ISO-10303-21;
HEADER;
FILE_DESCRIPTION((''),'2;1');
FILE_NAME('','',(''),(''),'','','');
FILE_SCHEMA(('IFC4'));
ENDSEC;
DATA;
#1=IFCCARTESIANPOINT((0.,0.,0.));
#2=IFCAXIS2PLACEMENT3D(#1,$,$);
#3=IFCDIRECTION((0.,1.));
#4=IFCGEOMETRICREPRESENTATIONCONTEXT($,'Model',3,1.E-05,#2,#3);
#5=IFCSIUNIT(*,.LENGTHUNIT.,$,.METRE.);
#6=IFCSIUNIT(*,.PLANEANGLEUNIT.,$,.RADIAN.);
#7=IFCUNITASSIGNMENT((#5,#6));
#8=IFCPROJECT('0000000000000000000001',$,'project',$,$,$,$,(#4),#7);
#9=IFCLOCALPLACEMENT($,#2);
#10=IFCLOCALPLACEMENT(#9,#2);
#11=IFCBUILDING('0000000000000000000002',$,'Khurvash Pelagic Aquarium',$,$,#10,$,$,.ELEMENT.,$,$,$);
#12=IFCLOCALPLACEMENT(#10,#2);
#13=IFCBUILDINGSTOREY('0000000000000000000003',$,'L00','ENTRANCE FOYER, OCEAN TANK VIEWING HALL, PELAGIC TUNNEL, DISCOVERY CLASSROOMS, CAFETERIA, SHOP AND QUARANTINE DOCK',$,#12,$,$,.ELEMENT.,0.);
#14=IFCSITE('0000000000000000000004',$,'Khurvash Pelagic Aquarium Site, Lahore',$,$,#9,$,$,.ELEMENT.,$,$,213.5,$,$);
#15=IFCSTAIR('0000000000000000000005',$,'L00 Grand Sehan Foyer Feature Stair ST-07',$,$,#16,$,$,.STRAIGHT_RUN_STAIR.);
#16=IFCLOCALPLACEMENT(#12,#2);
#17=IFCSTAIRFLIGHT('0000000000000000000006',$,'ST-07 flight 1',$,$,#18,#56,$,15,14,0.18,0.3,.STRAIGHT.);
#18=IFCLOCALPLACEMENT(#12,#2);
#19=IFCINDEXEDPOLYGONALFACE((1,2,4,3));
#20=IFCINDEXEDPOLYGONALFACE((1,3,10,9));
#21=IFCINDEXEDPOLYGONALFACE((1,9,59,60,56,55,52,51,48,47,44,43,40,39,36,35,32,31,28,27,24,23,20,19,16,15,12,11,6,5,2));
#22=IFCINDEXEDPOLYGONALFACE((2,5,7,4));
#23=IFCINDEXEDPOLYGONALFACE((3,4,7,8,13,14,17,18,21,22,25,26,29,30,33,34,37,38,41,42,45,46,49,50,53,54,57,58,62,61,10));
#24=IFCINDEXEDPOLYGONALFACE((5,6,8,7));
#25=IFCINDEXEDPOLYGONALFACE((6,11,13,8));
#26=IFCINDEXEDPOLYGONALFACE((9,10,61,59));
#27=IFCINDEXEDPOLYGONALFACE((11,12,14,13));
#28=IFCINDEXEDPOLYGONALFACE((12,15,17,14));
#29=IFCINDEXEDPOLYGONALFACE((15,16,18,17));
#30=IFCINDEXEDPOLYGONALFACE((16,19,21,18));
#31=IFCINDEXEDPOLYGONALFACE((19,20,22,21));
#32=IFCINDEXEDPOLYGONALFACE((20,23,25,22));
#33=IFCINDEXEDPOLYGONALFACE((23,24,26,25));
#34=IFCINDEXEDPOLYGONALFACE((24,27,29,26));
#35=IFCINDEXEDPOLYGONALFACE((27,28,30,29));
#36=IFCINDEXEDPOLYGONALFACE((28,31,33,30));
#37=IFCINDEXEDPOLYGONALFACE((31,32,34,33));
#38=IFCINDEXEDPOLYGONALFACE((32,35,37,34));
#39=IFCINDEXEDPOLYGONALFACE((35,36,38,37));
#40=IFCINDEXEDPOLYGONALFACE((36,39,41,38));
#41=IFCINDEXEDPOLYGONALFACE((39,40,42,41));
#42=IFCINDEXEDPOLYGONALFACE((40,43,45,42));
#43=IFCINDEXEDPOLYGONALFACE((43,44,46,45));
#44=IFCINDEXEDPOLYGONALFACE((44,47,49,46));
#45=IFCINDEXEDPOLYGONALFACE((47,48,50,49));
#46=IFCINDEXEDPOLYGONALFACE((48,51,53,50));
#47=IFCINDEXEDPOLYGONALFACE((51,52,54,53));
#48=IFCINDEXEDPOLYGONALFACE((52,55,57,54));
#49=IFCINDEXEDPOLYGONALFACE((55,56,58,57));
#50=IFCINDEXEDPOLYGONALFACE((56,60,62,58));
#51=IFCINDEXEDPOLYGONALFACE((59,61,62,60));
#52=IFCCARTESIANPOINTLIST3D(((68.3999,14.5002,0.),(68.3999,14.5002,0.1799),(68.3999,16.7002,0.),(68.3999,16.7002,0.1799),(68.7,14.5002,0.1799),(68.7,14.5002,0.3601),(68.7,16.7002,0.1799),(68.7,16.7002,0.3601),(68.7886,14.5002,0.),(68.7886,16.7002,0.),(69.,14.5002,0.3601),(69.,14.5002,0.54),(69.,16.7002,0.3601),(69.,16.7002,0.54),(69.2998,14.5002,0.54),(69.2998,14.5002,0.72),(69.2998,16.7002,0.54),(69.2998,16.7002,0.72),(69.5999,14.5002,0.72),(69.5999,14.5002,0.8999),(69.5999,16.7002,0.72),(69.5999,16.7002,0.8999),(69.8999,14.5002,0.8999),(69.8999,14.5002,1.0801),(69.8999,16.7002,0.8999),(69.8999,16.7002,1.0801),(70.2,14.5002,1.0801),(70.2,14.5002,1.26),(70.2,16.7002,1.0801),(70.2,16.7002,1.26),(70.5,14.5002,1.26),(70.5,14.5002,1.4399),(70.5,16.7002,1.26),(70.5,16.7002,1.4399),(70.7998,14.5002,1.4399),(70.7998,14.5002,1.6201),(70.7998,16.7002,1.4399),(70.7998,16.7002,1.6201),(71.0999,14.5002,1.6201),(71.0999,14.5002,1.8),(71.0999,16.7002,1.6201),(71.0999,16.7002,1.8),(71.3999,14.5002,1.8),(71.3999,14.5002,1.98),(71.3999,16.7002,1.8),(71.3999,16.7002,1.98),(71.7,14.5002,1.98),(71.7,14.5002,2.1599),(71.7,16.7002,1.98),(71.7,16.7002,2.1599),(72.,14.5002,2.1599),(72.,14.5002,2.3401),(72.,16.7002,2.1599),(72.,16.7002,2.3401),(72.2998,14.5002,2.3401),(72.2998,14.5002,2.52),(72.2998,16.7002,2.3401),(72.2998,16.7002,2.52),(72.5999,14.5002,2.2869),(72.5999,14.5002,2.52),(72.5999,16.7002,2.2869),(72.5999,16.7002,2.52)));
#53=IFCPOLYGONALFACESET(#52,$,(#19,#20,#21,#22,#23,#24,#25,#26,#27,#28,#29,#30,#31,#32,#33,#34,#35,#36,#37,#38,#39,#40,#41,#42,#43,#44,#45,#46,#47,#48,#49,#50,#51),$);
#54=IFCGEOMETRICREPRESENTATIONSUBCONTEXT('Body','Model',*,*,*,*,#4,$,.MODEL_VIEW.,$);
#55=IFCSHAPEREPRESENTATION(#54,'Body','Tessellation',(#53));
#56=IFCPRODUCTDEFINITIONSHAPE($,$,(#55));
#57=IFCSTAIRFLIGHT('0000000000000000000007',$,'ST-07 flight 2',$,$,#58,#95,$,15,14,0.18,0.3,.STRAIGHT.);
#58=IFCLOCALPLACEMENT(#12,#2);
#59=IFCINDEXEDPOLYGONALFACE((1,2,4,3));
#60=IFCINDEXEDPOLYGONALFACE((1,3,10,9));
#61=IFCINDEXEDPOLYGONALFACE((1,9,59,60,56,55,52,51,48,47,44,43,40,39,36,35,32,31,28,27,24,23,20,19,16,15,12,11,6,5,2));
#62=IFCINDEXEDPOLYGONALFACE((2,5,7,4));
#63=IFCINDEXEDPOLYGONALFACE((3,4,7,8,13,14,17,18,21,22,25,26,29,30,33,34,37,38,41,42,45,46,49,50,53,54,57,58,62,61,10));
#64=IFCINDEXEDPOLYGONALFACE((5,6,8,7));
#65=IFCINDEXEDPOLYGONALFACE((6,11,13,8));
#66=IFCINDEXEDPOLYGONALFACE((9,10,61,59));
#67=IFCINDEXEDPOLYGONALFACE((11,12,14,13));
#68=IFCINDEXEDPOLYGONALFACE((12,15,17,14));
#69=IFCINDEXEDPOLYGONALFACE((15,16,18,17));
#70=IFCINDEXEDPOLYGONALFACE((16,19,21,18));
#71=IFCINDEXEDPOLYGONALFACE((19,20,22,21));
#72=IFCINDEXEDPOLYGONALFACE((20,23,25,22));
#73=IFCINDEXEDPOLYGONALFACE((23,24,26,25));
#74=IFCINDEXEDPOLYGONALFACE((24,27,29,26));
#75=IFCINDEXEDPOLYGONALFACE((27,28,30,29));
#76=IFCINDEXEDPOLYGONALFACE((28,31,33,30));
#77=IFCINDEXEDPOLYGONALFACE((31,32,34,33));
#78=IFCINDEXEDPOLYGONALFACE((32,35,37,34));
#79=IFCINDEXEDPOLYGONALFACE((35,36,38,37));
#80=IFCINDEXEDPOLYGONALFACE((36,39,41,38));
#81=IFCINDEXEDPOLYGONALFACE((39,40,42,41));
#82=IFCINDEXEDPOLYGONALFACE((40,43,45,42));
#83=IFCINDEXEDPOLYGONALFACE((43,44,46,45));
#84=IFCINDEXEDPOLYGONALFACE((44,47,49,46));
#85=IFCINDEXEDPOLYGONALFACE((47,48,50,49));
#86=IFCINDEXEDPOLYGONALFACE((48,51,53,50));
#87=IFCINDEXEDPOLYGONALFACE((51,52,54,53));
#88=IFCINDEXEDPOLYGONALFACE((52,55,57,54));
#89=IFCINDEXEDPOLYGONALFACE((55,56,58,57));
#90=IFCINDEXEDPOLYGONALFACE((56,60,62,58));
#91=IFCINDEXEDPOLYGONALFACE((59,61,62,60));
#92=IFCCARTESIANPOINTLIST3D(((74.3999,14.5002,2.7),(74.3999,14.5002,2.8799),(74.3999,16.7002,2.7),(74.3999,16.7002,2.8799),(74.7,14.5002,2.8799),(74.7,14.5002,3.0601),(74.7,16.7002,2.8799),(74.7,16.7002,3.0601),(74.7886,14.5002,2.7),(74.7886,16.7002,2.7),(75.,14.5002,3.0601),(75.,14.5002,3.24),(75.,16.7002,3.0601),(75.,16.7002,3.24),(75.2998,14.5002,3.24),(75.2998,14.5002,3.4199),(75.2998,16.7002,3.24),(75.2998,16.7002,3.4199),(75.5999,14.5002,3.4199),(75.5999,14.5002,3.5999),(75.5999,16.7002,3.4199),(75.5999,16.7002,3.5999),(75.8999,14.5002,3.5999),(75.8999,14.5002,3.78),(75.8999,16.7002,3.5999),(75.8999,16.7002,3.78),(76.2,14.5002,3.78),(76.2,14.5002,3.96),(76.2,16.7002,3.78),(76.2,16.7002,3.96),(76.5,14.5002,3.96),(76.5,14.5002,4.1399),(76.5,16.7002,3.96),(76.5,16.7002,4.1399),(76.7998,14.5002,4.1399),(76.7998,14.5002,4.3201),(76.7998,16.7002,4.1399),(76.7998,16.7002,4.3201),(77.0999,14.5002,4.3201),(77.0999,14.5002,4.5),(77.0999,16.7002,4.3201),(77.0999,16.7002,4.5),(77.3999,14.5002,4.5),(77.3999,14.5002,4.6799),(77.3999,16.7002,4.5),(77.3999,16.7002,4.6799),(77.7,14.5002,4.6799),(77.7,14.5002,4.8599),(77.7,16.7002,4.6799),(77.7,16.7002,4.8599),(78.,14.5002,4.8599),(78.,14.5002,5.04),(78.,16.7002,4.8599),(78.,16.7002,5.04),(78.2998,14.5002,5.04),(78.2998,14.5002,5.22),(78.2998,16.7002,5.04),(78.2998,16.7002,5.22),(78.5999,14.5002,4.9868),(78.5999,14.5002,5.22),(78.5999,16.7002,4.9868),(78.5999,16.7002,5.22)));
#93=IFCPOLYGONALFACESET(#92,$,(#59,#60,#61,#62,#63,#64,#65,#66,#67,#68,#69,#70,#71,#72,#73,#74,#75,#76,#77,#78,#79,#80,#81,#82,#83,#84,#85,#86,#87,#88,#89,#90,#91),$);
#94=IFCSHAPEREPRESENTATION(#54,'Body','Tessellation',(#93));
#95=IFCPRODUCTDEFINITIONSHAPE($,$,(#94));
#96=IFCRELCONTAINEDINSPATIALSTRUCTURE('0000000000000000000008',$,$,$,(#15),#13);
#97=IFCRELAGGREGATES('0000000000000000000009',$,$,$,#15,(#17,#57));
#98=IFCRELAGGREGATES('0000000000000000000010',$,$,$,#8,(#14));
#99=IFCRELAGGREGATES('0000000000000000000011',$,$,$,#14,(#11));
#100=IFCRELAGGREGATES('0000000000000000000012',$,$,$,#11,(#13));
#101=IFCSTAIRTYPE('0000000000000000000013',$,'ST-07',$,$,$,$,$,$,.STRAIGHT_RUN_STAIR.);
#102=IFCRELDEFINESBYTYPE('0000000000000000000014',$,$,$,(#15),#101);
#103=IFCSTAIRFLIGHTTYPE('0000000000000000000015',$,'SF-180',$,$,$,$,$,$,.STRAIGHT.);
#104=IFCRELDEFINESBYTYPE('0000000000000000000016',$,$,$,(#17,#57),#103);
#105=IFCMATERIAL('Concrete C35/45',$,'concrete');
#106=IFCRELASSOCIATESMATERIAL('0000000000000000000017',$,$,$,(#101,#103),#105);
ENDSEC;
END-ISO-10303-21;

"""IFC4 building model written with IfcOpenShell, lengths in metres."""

from ifc_helpers import new_model, si_unit, direction, frame, origin, place, context, subcontext, project, spatial, polyline, outline, extrude, material, type_object, element, aggregate, save


model = new_model("IFC4")

# Units and contexts
model_context = context("Model", 3, precision=1e-05, world=origin(), true_north=direction((0.0, 1.0)))
body_context = subcontext(model_context, "Body", "Model", "MODEL_VIEW")
ifc_project = project(units=[si_unit("LENGTHUNIT", "METRE"), si_unit("PLANEANGLEUNIT", "RADIAN")], contexts=[model_context])

# Site, building, storey
site_placement = place(None, origin())
site = spatial("IfcSite", under=ifc_project, at=site_placement, Name="Khurvash Pelagic Aquarium Site, Lahore", CompositionType="ELEMENT", RefElevation=213.5)
building_placement = place(site_placement, origin())
building = spatial("IfcBuilding", under=site, at=building_placement, Name="Khurvash Pelagic Aquarium", CompositionType="ELEMENT")
storey_placement = place(building_placement, origin())
storey = spatial("IfcBuildingStorey", under=building, at=storey_placement, Name="L00", Description="ENTRANCE FOYER, OCEAN TANK VIEWING HALL, PELAGIC TUNNEL, DISCOVERY CLASSROOMS, CAFETERIA, SHOP AND QUARANTINE DOCK", CompositionType="ELEMENT", Elevation=0.0)

# Shared definitions
ifc_material_1 = material(Name="Concrete C35/45", Category="concrete")

# Stair, stair flights
stair_type_1 = type_object("IfcStairType", Name="ST-07", PredefinedType="STRAIGHT_RUN_STAIR", material=ifc_material_1)
stair_1_placement = place(storey_placement, origin())
stair_1 = element("IfcStair", 1, at=stair_1_placement, inside=storey, type_object=stair_type_1, Name="L00 Grand Sehan Foyer Feature Stair ST-07", PredefinedType="STRAIGHT_RUN_STAIR")
stair_flight_type_1 = type_object("IfcStairFlightType", Name="SF-180", PredefinedType="STRAIGHT", material=ifc_material_1)
stair_flight_1_placement = place(storey_placement, frame((68.3999, 15.6001, 0.0), z_axis=(0.0, 0.0, 1.0), x_axis=(1.0, 0.0, 0.0)))
stair_flight_1 = element("IfcStairFlight", 2, at=stair_flight_1_placement, type_object=stair_flight_type_1, Name="ST-07 flight 1", NumberOfRisers=15, NumberOfTreads=14, PredefinedType="STRAIGHT", RiserHeight=0.18, TreadLength=0.3, context=body_context, shape_type="SweptSolid", body=[
    extrude(outline(polyline([(0.0, 0.0), (0.0, 0.1799), (0.3, 0.1799), (0.3, 0.3601), (0.6001, 0.3601), (0.6001, 0.54), (0.8999, 0.54), (0.8999, 0.72), (1.2, 0.72), (1.2, 0.8999), (1.5, 0.8999), (1.5, 1.0801), (1.8, 1.0801), (1.8, 1.26), (2.1001, 1.26), (2.1001, 1.4399), (2.3999, 1.4399), (2.3999, 1.6201), (2.7, 1.6201), (2.7, 1.8), (3.0, 1.8), (3.0, 1.98), (3.3, 1.98), (3.3, 2.1599), (3.6001, 2.1599), (3.6001, 2.3401), (3.8999, 2.3401), (3.8999, 2.52), (4.2, 2.52), (4.2, 2.7), (4.2, 2.2869), (0.3887, 0.0), (0.0, 0.0)])), frame((0.0, 1.1001, 0.0), z_axis=(0.0, -1.0, 0.0), x_axis=(1.0, 0.0, 0.0)), (0.0, 0.0, 1.0), 2.2),
])
stair_flight_2_placement = place(storey_placement, frame((74.3999, 15.6001, 2.7), z_axis=(0.0, 0.0, 1.0), x_axis=(1.0, 0.0, 0.0)))
stair_flight_2 = element("IfcStairFlight", 3, at=stair_flight_2_placement, type_object=stair_flight_type_1, Name="ST-07 flight 2", NumberOfRisers=15, NumberOfTreads=14, PredefinedType="STRAIGHT", RiserHeight=0.18, TreadLength=0.3, context=body_context, shape_type="SweptSolid", body=[
    extrude(outline(polyline([(0.0, 0.0), (0.0, 0.1799), (0.3, 0.1799), (0.3, 0.3601), (0.6001, 0.3601), (0.6001, 0.54), (0.8999, 0.54), (0.8999, 0.72), (1.2, 0.72), (1.2, 0.8999), (1.5, 0.8999), (1.5, 1.0801), (1.8, 1.0801), (1.8, 1.26), (2.1001, 1.26), (2.1001, 1.4399), (2.3999, 1.4399), (2.3999, 1.6201), (2.7, 1.6201), (2.7, 1.8), (3.0, 1.8), (3.0, 1.98), (3.3, 1.98), (3.3, 2.1599), (3.6001, 2.1599), (3.6001, 2.3401), (3.8999, 2.3401), (3.8999, 2.52), (4.2, 2.52), (4.2, 2.7), (4.2, 2.2869), (0.3887, 0.0), (0.0, 0.0)])), frame((0.0, 1.1001, 0.0), z_axis=(0.0, -1.0, 0.0), x_axis=(1.0, 0.0, 0.0)), (0.0, 0.0, 1.0), 2.2),
])
aggregate(stair_1, [stair_flight_1, stair_flight_2])

save(model, "model.ifc")
